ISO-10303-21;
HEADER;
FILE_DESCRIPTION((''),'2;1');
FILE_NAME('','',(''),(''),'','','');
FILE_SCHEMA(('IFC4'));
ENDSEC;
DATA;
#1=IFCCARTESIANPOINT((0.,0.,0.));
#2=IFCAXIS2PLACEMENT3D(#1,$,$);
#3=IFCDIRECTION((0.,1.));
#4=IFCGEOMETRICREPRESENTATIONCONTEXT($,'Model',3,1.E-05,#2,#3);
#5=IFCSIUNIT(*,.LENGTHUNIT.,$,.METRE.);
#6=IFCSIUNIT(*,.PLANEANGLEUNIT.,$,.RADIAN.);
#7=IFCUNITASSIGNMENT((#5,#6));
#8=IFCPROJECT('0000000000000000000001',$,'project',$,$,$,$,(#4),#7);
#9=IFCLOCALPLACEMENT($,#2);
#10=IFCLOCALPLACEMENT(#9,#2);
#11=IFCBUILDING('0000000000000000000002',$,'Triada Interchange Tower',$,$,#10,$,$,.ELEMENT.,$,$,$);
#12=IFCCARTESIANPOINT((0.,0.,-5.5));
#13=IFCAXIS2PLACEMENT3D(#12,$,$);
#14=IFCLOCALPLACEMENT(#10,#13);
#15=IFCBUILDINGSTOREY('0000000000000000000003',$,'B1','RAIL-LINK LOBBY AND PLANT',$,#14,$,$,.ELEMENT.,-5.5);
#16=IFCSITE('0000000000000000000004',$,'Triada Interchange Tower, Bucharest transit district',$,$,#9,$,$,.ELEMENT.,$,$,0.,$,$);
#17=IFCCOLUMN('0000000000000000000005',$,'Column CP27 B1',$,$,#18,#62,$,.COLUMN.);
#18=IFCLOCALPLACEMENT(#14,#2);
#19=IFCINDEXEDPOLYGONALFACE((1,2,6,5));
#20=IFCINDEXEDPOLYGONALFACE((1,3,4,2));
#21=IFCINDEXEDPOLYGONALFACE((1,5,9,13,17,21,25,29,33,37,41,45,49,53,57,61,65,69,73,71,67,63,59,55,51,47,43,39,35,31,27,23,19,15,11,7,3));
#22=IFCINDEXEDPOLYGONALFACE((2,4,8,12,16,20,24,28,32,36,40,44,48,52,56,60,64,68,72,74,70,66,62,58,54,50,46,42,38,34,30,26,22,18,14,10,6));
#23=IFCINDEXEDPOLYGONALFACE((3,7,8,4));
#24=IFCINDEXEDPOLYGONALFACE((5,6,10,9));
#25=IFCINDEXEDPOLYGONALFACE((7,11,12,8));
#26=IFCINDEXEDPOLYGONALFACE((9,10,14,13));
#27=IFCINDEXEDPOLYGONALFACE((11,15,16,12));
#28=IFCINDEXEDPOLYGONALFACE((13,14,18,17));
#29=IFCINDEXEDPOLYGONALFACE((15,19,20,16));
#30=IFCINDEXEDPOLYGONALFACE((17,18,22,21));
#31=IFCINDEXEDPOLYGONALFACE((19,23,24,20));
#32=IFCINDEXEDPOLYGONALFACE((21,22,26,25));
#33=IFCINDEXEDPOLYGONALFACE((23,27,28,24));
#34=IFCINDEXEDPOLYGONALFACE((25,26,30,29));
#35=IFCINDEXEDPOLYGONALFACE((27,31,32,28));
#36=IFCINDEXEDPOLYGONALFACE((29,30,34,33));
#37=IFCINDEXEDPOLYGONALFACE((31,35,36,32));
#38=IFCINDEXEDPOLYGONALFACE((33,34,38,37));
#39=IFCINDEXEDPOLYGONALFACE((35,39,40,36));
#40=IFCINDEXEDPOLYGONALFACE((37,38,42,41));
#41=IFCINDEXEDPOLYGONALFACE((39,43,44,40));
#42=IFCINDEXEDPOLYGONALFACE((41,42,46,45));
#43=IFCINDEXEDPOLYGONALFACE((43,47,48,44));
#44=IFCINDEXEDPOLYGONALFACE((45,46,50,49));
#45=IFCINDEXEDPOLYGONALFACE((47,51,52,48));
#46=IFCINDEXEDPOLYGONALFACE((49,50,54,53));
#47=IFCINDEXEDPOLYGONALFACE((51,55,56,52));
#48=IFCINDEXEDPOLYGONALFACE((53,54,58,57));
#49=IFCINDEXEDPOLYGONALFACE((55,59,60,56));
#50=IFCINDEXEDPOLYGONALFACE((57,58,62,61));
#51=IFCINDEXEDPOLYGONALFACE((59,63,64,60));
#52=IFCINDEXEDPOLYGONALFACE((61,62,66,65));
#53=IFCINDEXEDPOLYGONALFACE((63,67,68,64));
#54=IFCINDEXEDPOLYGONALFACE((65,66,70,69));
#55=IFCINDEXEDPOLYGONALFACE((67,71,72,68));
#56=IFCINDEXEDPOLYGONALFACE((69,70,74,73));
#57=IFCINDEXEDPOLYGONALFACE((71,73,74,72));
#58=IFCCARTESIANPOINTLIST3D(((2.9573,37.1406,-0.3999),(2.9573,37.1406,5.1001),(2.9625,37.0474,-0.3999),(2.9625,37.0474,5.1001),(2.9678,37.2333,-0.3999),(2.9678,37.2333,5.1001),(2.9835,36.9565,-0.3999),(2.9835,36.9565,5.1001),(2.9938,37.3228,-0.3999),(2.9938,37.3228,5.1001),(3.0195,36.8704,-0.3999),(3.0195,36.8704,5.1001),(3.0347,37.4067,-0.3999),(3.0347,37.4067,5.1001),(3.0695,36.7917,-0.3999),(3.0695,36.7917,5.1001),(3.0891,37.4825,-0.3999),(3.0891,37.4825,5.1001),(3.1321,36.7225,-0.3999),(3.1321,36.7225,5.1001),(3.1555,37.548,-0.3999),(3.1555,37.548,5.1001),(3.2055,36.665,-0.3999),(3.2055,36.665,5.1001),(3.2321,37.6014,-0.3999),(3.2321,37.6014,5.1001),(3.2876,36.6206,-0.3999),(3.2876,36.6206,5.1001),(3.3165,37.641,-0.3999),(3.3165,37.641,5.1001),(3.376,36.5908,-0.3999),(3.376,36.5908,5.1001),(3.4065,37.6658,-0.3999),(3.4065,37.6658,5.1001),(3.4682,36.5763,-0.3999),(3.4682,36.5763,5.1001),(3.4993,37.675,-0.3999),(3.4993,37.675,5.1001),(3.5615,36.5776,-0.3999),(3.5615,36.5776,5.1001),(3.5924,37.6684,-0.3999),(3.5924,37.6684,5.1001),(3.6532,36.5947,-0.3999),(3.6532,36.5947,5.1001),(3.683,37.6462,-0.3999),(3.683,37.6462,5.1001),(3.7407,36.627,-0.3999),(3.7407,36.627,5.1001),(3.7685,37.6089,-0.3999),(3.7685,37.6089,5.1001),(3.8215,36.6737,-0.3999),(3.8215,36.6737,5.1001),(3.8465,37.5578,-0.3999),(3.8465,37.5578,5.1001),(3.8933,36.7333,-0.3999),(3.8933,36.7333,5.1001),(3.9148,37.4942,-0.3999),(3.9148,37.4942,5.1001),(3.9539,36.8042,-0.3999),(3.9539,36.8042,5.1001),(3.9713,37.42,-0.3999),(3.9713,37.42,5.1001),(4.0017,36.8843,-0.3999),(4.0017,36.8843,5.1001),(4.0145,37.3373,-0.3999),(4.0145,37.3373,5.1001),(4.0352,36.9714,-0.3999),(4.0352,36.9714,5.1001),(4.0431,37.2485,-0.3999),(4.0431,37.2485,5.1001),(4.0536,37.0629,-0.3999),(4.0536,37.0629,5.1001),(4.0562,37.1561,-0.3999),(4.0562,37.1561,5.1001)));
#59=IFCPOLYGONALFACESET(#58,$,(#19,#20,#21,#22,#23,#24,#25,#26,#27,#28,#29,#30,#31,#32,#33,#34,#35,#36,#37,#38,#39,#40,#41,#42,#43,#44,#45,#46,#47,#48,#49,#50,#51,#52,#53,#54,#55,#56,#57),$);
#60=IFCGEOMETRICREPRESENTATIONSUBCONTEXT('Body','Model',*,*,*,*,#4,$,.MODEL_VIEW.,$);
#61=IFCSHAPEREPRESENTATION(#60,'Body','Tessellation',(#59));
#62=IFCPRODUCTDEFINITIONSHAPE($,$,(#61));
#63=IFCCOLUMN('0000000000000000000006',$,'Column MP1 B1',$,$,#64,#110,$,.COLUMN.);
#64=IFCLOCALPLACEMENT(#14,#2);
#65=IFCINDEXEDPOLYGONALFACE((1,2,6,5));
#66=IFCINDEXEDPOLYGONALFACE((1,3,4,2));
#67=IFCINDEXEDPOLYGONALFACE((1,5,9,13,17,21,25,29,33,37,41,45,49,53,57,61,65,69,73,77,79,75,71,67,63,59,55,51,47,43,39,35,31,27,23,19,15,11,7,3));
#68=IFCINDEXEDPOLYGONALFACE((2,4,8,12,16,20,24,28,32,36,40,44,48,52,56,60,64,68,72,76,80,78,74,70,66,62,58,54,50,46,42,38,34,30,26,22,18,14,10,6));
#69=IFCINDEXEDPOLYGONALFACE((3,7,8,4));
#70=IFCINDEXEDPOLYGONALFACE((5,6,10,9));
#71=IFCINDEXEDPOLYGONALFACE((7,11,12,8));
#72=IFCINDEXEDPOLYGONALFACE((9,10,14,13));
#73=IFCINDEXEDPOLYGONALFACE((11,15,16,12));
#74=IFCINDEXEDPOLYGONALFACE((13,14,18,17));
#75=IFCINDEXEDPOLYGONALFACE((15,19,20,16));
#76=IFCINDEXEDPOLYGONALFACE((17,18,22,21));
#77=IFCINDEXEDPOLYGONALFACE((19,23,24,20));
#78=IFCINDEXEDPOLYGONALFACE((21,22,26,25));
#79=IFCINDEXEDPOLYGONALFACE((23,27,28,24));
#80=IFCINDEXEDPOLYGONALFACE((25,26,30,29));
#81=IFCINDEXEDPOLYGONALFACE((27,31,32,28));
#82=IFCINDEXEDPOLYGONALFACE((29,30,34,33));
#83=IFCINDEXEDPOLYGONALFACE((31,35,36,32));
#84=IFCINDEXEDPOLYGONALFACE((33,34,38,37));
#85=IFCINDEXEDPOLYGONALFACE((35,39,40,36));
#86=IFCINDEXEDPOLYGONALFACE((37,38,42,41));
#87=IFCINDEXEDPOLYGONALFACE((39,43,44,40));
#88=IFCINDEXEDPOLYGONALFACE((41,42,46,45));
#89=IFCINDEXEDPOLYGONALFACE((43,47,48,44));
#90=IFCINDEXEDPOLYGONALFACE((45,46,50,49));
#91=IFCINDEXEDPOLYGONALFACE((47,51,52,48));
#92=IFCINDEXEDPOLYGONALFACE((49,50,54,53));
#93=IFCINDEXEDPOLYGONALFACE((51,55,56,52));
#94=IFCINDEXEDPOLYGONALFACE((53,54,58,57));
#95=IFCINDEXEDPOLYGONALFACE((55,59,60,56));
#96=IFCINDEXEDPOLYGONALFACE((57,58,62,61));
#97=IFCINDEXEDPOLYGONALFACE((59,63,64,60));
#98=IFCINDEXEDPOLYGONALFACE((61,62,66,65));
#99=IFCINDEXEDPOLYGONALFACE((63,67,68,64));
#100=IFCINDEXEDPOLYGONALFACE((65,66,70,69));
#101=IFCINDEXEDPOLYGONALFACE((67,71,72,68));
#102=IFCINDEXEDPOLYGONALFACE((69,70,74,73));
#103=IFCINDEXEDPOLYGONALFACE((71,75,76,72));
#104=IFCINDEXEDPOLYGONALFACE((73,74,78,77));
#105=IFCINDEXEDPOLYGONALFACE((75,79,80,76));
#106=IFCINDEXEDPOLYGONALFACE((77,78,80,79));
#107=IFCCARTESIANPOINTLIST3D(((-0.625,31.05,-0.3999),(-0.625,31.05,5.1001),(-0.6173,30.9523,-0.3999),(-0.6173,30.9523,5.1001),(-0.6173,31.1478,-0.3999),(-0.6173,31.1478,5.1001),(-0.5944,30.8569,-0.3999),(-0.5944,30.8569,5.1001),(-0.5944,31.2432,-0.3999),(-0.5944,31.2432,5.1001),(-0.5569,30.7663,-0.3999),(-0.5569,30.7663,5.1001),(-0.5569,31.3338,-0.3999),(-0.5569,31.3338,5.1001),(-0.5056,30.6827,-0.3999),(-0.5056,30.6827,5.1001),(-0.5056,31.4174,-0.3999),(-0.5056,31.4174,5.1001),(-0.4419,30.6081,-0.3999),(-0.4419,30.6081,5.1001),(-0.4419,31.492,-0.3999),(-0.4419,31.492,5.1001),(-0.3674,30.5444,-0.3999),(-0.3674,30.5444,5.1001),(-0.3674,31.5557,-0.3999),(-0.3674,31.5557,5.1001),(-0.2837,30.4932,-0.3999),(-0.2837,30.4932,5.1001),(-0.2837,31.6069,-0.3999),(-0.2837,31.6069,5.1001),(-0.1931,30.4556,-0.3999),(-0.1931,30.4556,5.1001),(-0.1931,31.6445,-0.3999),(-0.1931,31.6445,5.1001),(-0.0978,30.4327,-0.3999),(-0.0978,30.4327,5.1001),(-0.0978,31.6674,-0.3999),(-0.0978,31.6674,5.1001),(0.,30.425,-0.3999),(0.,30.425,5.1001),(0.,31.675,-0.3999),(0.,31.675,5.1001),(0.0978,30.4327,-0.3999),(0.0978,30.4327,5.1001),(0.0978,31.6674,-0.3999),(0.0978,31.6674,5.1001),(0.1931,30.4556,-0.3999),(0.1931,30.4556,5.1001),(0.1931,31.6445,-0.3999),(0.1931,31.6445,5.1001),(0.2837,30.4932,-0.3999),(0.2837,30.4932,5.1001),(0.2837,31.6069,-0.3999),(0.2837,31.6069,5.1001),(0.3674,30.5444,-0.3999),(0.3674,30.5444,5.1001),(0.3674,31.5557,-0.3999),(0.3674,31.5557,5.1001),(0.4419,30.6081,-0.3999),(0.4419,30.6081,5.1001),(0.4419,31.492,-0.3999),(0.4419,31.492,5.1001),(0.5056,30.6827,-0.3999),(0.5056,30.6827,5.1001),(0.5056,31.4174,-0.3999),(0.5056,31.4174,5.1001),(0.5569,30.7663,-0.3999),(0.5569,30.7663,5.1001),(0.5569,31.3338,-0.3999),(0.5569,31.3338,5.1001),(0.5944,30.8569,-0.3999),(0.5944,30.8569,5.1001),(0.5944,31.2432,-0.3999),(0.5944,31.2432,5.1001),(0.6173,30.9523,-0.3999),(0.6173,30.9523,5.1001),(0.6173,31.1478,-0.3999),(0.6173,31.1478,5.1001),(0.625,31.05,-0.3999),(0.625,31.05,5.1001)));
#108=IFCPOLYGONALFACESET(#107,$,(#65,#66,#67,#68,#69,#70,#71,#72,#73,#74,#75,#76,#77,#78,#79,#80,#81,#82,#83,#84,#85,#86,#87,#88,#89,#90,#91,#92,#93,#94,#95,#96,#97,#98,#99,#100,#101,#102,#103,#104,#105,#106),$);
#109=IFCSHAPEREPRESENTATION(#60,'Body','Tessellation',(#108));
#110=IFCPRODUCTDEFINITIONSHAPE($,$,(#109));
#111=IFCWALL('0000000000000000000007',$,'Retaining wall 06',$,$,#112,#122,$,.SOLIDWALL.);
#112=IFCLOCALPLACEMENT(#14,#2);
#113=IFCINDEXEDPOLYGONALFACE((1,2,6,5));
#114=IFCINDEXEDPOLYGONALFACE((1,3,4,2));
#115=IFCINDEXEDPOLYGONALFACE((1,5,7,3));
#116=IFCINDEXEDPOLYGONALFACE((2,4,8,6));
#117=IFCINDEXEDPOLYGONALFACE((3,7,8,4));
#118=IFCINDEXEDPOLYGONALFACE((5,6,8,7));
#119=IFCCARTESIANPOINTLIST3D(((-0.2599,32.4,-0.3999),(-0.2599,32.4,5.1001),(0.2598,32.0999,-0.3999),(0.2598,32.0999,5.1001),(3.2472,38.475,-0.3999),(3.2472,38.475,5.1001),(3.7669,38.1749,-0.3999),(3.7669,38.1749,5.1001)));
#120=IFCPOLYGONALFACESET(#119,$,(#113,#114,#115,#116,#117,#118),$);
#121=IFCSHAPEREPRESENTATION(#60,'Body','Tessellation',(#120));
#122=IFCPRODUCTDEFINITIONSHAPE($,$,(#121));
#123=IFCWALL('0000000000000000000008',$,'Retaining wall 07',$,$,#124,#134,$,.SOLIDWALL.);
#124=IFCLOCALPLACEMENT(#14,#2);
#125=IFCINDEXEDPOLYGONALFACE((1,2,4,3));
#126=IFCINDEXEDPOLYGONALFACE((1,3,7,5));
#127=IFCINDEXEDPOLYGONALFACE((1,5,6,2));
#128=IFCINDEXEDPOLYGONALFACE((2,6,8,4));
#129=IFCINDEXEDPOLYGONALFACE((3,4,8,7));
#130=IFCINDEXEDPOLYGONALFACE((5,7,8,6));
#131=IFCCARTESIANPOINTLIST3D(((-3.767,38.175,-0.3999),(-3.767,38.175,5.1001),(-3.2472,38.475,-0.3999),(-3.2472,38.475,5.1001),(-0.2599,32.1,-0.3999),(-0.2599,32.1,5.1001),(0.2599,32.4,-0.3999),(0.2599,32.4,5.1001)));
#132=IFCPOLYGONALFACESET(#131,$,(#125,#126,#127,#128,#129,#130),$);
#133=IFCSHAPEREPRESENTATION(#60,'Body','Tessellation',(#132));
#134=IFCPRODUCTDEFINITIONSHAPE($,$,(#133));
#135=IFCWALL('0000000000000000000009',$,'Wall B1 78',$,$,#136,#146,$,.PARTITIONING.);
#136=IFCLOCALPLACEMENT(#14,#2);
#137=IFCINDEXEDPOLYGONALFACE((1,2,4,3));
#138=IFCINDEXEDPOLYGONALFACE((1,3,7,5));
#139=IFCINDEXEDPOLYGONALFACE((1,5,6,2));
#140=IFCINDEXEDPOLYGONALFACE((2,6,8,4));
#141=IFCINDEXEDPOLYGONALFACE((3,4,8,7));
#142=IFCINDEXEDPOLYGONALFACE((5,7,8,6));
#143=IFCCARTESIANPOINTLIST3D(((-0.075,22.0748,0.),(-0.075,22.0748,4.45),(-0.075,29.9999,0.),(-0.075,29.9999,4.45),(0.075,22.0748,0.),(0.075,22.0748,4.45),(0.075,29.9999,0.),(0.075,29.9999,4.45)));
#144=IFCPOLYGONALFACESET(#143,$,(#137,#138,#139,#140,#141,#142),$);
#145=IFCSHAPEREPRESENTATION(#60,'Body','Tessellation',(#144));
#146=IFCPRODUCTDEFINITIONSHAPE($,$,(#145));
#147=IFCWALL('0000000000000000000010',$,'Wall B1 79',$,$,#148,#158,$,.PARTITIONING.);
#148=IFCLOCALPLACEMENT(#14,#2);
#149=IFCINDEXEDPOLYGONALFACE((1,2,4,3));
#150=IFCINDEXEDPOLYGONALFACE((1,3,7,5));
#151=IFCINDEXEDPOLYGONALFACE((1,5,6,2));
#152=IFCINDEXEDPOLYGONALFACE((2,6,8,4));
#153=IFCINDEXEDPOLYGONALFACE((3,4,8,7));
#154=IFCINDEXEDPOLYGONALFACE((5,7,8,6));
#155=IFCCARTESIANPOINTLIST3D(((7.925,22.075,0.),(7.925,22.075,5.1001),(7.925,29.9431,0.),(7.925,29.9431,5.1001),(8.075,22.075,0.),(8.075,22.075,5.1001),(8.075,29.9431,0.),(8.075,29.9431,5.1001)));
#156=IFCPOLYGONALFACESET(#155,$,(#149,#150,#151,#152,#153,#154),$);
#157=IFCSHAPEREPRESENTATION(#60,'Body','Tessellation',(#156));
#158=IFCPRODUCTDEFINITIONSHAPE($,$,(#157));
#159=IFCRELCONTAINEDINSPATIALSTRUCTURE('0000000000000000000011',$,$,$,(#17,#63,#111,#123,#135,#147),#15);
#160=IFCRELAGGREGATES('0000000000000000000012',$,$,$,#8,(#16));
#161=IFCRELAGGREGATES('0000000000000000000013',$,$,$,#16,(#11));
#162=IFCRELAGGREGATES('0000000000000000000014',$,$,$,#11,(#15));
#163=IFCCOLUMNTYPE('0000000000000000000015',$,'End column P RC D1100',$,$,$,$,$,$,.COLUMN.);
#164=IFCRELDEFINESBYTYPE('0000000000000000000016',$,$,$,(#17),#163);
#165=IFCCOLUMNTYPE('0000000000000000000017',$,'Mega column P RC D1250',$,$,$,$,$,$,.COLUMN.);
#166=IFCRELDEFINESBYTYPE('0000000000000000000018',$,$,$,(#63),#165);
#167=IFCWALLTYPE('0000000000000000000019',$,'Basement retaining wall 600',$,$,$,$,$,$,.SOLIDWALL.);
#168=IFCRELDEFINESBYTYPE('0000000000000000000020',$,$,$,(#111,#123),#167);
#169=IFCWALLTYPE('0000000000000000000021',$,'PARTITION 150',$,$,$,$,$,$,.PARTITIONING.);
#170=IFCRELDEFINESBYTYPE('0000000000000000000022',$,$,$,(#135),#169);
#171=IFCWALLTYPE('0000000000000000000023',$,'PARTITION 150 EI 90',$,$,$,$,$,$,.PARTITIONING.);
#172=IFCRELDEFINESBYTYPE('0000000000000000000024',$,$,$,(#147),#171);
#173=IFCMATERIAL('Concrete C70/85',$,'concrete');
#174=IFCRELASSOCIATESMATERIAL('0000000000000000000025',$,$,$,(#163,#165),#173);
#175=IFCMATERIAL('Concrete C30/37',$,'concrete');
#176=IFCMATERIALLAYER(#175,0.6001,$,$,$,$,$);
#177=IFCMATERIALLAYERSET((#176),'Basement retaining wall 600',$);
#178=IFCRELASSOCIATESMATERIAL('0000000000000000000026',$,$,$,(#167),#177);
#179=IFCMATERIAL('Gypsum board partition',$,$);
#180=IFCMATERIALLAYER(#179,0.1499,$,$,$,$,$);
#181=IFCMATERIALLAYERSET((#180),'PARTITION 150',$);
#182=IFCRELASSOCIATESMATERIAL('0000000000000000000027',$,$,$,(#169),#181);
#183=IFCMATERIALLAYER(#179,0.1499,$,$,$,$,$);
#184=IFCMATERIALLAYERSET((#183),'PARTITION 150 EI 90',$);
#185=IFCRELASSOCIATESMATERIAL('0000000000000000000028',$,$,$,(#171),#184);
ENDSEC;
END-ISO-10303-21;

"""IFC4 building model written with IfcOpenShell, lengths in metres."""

from ifc_helpers import new_model, si_unit, direction, frame, frame_2d, origin, origin_2d, place, context, subcontext, project, spatial, rectangle, circle, extrude, material, layer, layer_set, material_profile, profile_set, type_object, element, save


model = new_model("IFC4")

# Units and contexts
model_context = context("Model", 3, precision=1e-05, world=origin(), true_north=direction((0.0, 1.0)))
body_context = subcontext(model_context, "Body", "Model", "MODEL_VIEW")
ifc_project = project(units=[si_unit("LENGTHUNIT", "METRE"), si_unit("PLANEANGLEUNIT", "RADIAN")], contexts=[model_context])

# Site, building, storey
site_placement = place(None, origin())
site = spatial("IfcSite", under=ifc_project, at=site_placement, Name="Triada Interchange Tower, Bucharest transit district", CompositionType="ELEMENT", RefElevation=0.0)
building_placement = place(site_placement, origin())
building = spatial("IfcBuilding", under=site, at=building_placement, Name="Triada Interchange Tower", CompositionType="ELEMENT")
storey_placement = place(building_placement, frame((0.0, 0.0, -5.5)))
storey = spatial("IfcBuildingStorey", under=building, at=storey_placement, Name="B1", Description="RAIL-LINK LOBBY AND PLANT", CompositionType="ELEMENT", Elevation=-5.5)

# Shared definitions
ifc_material_1 = material(Name="Concrete C30/37", Category="concrete")

# Columns
ifc_material_2 = material(Name="Concrete C70/85", Category="concrete")
ifc_material_profile_1 = material_profile(ifc_material_2, circle(Radius=0.55, at=origin_2d()), Name="RC D1100")
ifc_profile_set_1 = profile_set([ifc_material_profile_1], Name="Concrete C70/85")
column_type_1 = type_object("IfcColumnType", Name="End column P RC D1100", PredefinedType="COLUMN", material=ifc_profile_set_1)
column_1_placement = place(storey_placement, frame((3.5071, 37.125, -0.3999), z_axis=(0.0, 0.0, 1.0), x_axis=(-0.5, 0.866025, 0.0)))
element("IfcColumn", 1, at=column_1_placement, inside=storey, type_object=column_type_1, Name="Column CP27 B1", PredefinedType="COLUMN", context=body_context, shape_type="SweptSolid", body=[
    extrude(circle(Radius=0.55, at=origin_2d()), origin(), (0.0, 0.0, 1.0), 5.5),
])
ifc_material_profile_2 = material_profile(ifc_material_2, circle(Radius=0.625, at=origin_2d()), Name="RC D1250")
ifc_profile_set_2 = profile_set([ifc_material_profile_2], Name="Concrete C70/85")
column_type_2 = type_object("IfcColumnType", Name="Mega column P RC D1250", PredefinedType="COLUMN", material=ifc_profile_set_2)
column_2_placement = place(storey_placement, frame((0.0, 31.05, -0.3999), z_axis=(0.0, 0.0, 1.0), x_axis=(1.0, 0.0, 0.0)))
element("IfcColumn", 2, at=column_2_placement, inside=storey, type_object=column_type_2, Name="Column MP1 B1", PredefinedType="COLUMN", context=body_context, shape_type="SweptSolid", body=[
    extrude(circle(Radius=0.625, at=origin_2d()), origin(), (0.0, 0.0, 1.0), 5.5),
])

# Walls
ifc_layer_1 = layer(ifc_material_1, 0.6001)
ifc_layer_set_1 = layer_set([ifc_layer_1], Name="Basement retaining wall 600")
wall_type_1 = type_object("IfcWallType", Name="Basement retaining wall 600", PredefinedType="SOLIDWALL", material=ifc_layer_set_1)
for number, where, z_axis, x_axis, name in (
    (3, (3.5071, 38.325, -0.3999), (0.0, 0.0, 1.0), (-0.499968, -0.866044, 0.0), "Retaining wall 06"),
    (4, (0.0, 32.25, -0.3999), (0.0, 0.0, 1.0), (-0.499968, 0.866044, 0.0), "Retaining wall 07"),
):
    element("IfcWall", number, at=place(storey_placement, frame(where, z_axis=z_axis, x_axis=x_axis)), inside=storey, type_object=wall_type_1, Name=name, PredefinedType="SOLIDWALL", context=body_context, shape_type="SweptSolid", body=[
        extrude(rectangle(XDim=7.0146, YDim=0.6001, at=frame_2d((3.5073, 0.0))), origin(), (0.0, 0.0, 1.0), 5.5),
    ])
ifc_material_3 = material(Name="Gypsum board partition")
ifc_layer_2 = layer(ifc_material_3, 0.1499)
ifc_layer_set_2 = layer_set([ifc_layer_2], Name="PARTITION 150")
wall_type_2 = type_object("IfcWallType", Name="PARTITION 150", PredefinedType="PARTITIONING", material=ifc_layer_set_2)
wall_1_placement = place(storey_placement, frame((0.0, 22.075, 0.0), z_axis=(0.0, 0.0, 1.0), x_axis=(0.0, 1.0, 0.0)))
element("IfcWall", 5, at=wall_1_placement, inside=storey, type_object=wall_type_2, Name="Wall B1 78", PredefinedType="PARTITIONING", context=body_context, shape_type="SweptSolid", body=[
    extrude(rectangle(XDim=7.925, YDim=0.1499, at=frame_2d((3.9624, 0.0))), origin(), (0.0, 0.0, 1.0), 4.45),
])
ifc_layer_3 = layer(ifc_material_3, 0.1499)
ifc_layer_set_3 = layer_set([ifc_layer_3], Name="PARTITION 150 EI 90")
wall_type_3 = type_object("IfcWallType", Name="PARTITION 150 EI 90", PredefinedType="PARTITIONING", material=ifc_layer_set_3)
wall_2_placement = place(storey_placement, frame((8.0, 22.075, 0.0), z_axis=(0.0, 0.0, 1.0), x_axis=(0.0, 1.0, 0.0)))
element("IfcWall", 6, at=wall_2_placement, inside=storey, type_object=wall_type_3, Name="Wall B1 79", PredefinedType="PARTITIONING", context=body_context, shape_type="SweptSolid", body=[
    extrude(rectangle(XDim=7.8682, YDim=0.1499, at=frame_2d((3.9341, 0.0))), origin(), (0.0, 0.0, 1.0), 5.1001),
])

save(model, "model.ifc")
